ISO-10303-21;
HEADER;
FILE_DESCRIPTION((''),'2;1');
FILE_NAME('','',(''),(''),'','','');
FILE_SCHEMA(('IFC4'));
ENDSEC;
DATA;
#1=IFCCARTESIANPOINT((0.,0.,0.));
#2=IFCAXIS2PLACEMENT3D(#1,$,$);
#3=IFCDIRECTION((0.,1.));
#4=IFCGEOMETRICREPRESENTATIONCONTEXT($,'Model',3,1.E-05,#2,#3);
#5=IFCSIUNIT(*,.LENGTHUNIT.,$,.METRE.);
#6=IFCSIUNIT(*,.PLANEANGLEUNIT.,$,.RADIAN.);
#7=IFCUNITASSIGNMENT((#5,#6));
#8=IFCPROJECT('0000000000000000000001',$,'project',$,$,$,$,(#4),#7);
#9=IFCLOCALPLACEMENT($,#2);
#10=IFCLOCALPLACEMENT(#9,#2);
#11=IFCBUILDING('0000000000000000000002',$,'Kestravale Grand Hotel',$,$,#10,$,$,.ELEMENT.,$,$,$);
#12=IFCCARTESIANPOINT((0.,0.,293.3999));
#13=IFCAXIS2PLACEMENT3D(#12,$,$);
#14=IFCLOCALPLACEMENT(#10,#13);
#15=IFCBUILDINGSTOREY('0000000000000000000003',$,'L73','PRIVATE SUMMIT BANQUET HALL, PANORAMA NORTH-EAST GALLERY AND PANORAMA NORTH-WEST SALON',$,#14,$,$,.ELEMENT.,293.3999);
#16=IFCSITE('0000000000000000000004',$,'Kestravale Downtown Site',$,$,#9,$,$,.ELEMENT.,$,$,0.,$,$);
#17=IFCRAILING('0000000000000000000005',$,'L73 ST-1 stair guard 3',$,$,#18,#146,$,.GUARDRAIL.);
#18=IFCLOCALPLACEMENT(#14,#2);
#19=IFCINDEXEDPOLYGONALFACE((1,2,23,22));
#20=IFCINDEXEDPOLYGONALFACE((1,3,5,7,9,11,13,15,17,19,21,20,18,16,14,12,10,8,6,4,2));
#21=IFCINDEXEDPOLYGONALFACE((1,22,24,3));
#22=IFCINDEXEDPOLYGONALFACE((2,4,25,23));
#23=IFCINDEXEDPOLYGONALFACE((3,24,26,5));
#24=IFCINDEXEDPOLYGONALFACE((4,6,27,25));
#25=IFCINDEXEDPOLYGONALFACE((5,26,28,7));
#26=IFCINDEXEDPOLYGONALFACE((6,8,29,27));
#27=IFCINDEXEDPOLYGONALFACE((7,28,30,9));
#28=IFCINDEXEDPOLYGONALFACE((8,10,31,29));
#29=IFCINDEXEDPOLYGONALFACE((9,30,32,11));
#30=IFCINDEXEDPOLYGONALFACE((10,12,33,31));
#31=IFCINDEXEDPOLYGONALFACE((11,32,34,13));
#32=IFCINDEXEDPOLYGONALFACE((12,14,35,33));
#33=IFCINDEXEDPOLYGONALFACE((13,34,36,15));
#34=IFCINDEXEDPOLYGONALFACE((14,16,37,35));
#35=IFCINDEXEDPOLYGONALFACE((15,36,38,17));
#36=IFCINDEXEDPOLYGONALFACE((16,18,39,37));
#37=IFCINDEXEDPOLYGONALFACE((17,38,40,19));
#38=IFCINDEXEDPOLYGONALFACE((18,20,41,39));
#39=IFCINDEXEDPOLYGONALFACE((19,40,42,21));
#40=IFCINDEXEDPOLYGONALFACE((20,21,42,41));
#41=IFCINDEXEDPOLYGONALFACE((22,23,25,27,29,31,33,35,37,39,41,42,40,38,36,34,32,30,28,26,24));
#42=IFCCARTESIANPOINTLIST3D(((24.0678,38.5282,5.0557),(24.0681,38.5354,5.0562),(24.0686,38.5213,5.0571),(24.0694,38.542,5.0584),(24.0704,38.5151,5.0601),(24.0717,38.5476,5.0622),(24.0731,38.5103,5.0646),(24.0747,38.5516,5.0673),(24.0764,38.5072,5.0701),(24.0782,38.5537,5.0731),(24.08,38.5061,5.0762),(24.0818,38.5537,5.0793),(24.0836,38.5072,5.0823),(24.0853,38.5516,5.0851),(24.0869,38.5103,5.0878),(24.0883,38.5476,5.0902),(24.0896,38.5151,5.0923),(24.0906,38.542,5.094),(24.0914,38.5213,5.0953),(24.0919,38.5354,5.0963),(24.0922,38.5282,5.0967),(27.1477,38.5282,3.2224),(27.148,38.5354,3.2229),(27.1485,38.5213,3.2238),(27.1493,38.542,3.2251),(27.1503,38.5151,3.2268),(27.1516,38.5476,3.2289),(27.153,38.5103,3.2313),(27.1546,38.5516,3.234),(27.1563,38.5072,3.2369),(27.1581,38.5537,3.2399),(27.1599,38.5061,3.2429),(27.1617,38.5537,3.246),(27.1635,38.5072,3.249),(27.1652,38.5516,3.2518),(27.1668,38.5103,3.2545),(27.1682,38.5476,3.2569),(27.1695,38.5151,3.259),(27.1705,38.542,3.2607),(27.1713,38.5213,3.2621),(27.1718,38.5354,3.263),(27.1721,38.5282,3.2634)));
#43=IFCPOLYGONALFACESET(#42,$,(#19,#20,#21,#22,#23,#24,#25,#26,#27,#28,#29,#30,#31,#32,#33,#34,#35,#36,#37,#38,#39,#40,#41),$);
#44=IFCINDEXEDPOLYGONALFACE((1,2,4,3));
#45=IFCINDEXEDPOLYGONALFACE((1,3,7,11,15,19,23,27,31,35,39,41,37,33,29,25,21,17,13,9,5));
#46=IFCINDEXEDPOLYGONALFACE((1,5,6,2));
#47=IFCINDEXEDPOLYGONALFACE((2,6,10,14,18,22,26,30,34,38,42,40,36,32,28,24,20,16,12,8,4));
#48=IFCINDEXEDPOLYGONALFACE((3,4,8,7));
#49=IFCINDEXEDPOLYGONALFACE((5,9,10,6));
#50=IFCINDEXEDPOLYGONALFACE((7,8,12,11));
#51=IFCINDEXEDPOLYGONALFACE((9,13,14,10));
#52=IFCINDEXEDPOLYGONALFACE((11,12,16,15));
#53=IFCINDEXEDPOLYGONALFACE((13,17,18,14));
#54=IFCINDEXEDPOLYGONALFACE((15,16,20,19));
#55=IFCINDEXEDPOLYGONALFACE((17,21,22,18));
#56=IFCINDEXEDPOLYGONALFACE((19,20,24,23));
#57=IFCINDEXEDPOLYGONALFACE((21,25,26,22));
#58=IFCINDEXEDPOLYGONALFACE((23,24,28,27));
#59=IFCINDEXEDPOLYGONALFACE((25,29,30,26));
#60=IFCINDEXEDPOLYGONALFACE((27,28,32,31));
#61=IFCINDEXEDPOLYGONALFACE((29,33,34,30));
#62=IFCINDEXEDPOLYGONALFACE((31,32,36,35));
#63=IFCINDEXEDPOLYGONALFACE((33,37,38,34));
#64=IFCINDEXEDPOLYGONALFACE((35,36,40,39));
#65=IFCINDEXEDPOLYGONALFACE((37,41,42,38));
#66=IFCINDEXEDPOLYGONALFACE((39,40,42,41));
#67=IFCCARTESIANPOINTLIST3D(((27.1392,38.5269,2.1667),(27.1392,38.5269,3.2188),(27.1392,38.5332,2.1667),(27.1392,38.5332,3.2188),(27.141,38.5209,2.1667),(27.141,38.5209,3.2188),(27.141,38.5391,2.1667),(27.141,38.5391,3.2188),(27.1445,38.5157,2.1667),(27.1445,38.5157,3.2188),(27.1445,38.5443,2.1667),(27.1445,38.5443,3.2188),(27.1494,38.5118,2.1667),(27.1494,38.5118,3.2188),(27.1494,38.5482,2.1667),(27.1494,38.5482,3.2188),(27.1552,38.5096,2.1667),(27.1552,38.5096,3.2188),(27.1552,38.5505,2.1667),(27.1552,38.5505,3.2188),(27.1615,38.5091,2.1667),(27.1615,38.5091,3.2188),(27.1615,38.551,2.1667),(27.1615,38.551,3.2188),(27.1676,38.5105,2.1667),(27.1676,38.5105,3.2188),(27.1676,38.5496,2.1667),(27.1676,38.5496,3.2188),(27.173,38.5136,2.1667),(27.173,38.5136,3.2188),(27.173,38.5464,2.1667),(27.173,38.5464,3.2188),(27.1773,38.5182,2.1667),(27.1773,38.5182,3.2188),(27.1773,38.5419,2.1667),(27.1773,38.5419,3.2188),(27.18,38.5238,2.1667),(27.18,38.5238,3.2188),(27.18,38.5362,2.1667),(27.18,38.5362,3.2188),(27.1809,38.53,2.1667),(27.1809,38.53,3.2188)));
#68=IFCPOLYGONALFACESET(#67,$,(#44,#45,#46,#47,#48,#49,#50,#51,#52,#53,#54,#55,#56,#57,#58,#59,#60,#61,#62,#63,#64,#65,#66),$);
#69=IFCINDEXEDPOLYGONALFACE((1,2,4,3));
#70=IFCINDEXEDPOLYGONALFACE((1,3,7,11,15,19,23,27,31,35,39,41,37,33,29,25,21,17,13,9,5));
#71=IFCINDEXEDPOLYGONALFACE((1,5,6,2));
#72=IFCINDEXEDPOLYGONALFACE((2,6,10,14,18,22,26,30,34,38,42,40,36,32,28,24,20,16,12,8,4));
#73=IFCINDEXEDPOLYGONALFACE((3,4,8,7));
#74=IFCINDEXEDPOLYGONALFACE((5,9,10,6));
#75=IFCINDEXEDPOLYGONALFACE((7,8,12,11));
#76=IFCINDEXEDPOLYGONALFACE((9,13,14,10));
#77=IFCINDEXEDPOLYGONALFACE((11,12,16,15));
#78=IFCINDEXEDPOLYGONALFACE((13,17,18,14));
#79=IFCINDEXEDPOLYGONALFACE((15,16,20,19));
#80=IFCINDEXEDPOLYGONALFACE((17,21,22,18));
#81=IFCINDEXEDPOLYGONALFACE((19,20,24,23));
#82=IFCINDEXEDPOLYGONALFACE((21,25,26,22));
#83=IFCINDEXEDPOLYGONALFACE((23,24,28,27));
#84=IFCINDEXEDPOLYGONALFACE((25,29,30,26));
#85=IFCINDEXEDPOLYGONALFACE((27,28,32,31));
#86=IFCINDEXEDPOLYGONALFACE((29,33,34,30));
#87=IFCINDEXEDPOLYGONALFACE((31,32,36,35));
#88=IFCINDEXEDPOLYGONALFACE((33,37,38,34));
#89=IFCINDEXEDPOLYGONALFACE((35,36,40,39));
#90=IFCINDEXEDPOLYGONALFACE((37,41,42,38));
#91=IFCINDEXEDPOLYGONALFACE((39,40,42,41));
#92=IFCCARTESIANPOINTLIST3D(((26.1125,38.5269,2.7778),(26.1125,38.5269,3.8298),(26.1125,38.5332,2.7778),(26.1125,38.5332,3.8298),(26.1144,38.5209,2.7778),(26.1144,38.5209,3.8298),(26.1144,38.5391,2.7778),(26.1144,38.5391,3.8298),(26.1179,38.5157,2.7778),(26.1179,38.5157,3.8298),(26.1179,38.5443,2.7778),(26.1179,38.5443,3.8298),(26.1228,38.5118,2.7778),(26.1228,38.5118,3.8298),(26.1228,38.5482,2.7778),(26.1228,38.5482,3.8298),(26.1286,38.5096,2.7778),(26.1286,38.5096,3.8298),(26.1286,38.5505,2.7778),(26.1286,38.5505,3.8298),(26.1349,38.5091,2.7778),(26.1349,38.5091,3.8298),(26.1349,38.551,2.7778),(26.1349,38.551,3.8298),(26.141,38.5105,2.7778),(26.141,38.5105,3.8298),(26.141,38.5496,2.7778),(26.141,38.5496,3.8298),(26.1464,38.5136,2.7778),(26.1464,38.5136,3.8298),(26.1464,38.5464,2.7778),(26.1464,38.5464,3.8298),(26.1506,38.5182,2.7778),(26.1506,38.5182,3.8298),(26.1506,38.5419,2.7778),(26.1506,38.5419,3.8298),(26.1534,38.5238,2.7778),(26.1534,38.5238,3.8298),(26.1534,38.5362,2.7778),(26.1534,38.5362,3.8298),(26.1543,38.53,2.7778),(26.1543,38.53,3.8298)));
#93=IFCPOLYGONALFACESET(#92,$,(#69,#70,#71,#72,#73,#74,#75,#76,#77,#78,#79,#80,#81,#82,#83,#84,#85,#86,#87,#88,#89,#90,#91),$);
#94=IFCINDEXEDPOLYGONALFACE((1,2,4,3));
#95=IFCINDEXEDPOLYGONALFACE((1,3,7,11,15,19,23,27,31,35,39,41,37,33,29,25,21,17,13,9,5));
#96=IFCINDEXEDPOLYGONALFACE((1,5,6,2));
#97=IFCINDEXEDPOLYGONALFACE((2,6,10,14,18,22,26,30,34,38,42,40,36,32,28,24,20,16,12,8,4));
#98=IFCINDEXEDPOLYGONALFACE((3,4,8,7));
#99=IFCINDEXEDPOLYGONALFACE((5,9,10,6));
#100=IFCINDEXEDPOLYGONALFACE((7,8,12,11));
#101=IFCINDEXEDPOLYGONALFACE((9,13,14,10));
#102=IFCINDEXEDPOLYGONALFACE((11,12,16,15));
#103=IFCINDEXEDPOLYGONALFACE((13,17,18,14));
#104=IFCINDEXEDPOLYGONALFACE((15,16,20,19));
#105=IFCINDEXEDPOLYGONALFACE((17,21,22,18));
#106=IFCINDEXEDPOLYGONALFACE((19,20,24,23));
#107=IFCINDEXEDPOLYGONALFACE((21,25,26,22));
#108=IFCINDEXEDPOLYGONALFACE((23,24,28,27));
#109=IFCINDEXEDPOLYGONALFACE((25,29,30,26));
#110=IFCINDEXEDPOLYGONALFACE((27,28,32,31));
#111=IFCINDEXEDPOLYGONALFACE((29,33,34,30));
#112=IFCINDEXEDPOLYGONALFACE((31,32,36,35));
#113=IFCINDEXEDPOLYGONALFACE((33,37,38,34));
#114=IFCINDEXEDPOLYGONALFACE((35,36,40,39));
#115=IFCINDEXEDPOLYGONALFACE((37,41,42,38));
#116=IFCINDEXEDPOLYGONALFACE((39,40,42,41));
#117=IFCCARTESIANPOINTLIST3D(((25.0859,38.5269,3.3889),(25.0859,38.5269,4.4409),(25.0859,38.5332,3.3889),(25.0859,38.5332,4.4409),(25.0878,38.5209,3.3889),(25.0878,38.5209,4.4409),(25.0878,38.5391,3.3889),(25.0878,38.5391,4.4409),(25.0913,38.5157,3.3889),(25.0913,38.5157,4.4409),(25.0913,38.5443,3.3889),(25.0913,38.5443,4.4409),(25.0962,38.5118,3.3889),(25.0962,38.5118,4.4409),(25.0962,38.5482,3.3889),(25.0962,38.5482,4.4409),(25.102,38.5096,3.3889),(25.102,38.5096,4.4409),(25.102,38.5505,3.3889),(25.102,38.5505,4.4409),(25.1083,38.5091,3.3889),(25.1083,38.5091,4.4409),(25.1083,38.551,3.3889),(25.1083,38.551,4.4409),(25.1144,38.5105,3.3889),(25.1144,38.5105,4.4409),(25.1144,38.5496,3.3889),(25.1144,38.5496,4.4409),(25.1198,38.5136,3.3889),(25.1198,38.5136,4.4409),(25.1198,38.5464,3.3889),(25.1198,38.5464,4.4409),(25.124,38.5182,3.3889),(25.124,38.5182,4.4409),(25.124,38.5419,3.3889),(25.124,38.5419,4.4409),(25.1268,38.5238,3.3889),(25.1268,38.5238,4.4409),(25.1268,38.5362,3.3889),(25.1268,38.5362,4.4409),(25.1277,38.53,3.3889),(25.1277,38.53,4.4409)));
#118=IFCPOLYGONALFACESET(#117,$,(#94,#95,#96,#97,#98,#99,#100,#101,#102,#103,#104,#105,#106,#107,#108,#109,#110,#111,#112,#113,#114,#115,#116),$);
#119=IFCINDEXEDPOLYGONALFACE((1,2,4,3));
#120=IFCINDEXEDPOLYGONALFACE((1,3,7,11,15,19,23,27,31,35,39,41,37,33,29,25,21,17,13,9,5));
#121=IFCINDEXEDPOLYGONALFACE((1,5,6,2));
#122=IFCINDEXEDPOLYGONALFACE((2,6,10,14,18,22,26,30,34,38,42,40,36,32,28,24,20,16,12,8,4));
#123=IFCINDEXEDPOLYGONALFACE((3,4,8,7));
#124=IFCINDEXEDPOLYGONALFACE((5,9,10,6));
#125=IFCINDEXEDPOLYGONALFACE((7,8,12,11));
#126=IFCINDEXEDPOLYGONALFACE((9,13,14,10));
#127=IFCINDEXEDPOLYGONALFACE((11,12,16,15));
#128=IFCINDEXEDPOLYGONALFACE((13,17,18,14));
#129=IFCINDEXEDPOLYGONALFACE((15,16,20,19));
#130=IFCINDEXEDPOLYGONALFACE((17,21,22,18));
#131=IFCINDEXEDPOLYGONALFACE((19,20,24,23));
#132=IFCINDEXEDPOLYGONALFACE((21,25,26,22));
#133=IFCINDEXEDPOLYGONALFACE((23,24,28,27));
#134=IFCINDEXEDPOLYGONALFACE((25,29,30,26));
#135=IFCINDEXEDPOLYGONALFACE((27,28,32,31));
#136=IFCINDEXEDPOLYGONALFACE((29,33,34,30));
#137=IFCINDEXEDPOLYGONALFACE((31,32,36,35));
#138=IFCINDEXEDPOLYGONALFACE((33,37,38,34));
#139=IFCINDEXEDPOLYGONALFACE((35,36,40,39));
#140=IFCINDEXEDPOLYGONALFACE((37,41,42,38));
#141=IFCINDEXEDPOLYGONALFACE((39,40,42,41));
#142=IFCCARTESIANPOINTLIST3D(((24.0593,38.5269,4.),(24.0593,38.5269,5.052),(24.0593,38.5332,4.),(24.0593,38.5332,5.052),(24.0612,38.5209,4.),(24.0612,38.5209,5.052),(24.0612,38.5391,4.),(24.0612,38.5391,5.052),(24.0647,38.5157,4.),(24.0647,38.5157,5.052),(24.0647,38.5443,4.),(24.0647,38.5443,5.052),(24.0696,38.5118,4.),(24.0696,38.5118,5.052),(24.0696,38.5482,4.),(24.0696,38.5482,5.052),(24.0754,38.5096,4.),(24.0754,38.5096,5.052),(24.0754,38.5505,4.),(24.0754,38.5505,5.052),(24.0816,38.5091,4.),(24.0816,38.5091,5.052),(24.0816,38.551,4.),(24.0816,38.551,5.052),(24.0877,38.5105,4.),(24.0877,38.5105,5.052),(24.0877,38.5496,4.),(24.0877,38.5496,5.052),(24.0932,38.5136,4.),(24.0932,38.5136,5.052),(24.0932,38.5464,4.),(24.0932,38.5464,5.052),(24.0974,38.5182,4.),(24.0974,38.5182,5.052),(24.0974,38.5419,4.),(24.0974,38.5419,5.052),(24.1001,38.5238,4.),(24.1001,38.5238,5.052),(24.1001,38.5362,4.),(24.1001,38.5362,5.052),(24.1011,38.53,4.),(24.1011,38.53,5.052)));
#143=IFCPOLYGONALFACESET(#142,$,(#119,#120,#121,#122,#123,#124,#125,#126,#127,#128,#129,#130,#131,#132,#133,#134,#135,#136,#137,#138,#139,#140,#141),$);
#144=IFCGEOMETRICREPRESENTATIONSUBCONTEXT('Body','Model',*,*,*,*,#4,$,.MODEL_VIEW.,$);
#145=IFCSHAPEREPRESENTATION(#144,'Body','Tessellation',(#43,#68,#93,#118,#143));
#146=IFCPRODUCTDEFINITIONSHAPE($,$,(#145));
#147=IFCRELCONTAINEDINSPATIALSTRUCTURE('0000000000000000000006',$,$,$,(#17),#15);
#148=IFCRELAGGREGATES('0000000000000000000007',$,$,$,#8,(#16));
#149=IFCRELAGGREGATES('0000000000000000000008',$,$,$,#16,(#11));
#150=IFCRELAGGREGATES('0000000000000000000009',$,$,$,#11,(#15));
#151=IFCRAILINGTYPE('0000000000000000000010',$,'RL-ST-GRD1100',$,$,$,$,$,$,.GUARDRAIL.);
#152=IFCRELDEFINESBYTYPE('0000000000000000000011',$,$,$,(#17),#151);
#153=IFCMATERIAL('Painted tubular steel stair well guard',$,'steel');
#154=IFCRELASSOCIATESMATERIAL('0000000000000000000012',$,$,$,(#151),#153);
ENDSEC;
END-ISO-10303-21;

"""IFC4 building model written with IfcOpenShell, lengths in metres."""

from ifc_helpers import new_model, si_unit, direction, frame, origin, origin_2d, place, context, subcontext, project, spatial, circle, extrude, material, type_object, element, save


model = new_model("IFC4")

# Units and contexts
model_context = context("Model", 3, precision=1e-05, world=origin(), true_north=direction((0.0, 1.0)))
body_context = subcontext(model_context, "Body", "Model", "MODEL_VIEW")
ifc_project = project(units=[si_unit("LENGTHUNIT", "METRE"), si_unit("PLANEANGLEUNIT", "RADIAN")], contexts=[model_context])

# Site, building, storey
site_placement = place(None, origin())
site = spatial("IfcSite", under=ifc_project, at=site_placement, Name="Kestravale Downtown Site", CompositionType="ELEMENT", RefElevation=0.0)
building_placement = place(site_placement, origin())
building = spatial("IfcBuilding", under=site, at=building_placement, Name="Kestravale Grand Hotel", CompositionType="ELEMENT")
storey_placement = place(building_placement, frame((0.0, 0.0, 293.3999)))
storey = spatial("IfcBuildingStorey", under=building, at=storey_placement, Name="L73", Description="PRIVATE SUMMIT BANQUET HALL, PANORAMA NORTH-EAST GALLERY AND PANORAMA NORTH-WEST SALON", CompositionType="ELEMENT", Elevation=293.3999)

# Railing
ifc_material_1 = material(Name="Painted tubular steel stair well guard", Category="steel")
railing_type_1 = type_object("IfcRailingType", Name="RL-ST-GRD1100", PredefinedType="GUARDRAIL", material=ifc_material_1)
railing_1_placement = place(storey_placement, frame((27.1599, 38.53, 2.1667)))
element("IfcRailing", 1, at=railing_1_placement, inside=storey, type_object=railing_type_1, Name="L73 ST-1 stair guard 3", PredefinedType="GUARDRAIL", context=body_context, shape_type="SweptSolid", body=[
    extrude(circle(Radius=0.0239, at=origin_2d()), frame((0.0, 0.0, 1.0762), z_axis=(-0.859291, 0.0, 0.511487), x_axis=(0.0, -1.0, 0.0)), (0.0, 0.0, 1.0), 3.5842),
    extrude(circle(Radius=0.021, at=origin_2d()), origin(), (0.0, 0.0, 1.0), 1.052),
    extrude(circle(Radius=0.021, at=origin_2d()), frame((-1.0266, 0.0, 0.6111)), (0.0, 0.0, 1.0), 1.052),
    extrude(circle(Radius=0.021, at=origin_2d()), frame((-2.0532, 0.0, 1.2222)), (0.0, 0.0, 1.0), 1.052),
    extrude(circle(Radius=0.021, at=origin_2d()), frame((-3.0798, 0.0, 1.8333)), (0.0, 0.0, 1.0), 1.052),
])

save(model, "model.ifc")
